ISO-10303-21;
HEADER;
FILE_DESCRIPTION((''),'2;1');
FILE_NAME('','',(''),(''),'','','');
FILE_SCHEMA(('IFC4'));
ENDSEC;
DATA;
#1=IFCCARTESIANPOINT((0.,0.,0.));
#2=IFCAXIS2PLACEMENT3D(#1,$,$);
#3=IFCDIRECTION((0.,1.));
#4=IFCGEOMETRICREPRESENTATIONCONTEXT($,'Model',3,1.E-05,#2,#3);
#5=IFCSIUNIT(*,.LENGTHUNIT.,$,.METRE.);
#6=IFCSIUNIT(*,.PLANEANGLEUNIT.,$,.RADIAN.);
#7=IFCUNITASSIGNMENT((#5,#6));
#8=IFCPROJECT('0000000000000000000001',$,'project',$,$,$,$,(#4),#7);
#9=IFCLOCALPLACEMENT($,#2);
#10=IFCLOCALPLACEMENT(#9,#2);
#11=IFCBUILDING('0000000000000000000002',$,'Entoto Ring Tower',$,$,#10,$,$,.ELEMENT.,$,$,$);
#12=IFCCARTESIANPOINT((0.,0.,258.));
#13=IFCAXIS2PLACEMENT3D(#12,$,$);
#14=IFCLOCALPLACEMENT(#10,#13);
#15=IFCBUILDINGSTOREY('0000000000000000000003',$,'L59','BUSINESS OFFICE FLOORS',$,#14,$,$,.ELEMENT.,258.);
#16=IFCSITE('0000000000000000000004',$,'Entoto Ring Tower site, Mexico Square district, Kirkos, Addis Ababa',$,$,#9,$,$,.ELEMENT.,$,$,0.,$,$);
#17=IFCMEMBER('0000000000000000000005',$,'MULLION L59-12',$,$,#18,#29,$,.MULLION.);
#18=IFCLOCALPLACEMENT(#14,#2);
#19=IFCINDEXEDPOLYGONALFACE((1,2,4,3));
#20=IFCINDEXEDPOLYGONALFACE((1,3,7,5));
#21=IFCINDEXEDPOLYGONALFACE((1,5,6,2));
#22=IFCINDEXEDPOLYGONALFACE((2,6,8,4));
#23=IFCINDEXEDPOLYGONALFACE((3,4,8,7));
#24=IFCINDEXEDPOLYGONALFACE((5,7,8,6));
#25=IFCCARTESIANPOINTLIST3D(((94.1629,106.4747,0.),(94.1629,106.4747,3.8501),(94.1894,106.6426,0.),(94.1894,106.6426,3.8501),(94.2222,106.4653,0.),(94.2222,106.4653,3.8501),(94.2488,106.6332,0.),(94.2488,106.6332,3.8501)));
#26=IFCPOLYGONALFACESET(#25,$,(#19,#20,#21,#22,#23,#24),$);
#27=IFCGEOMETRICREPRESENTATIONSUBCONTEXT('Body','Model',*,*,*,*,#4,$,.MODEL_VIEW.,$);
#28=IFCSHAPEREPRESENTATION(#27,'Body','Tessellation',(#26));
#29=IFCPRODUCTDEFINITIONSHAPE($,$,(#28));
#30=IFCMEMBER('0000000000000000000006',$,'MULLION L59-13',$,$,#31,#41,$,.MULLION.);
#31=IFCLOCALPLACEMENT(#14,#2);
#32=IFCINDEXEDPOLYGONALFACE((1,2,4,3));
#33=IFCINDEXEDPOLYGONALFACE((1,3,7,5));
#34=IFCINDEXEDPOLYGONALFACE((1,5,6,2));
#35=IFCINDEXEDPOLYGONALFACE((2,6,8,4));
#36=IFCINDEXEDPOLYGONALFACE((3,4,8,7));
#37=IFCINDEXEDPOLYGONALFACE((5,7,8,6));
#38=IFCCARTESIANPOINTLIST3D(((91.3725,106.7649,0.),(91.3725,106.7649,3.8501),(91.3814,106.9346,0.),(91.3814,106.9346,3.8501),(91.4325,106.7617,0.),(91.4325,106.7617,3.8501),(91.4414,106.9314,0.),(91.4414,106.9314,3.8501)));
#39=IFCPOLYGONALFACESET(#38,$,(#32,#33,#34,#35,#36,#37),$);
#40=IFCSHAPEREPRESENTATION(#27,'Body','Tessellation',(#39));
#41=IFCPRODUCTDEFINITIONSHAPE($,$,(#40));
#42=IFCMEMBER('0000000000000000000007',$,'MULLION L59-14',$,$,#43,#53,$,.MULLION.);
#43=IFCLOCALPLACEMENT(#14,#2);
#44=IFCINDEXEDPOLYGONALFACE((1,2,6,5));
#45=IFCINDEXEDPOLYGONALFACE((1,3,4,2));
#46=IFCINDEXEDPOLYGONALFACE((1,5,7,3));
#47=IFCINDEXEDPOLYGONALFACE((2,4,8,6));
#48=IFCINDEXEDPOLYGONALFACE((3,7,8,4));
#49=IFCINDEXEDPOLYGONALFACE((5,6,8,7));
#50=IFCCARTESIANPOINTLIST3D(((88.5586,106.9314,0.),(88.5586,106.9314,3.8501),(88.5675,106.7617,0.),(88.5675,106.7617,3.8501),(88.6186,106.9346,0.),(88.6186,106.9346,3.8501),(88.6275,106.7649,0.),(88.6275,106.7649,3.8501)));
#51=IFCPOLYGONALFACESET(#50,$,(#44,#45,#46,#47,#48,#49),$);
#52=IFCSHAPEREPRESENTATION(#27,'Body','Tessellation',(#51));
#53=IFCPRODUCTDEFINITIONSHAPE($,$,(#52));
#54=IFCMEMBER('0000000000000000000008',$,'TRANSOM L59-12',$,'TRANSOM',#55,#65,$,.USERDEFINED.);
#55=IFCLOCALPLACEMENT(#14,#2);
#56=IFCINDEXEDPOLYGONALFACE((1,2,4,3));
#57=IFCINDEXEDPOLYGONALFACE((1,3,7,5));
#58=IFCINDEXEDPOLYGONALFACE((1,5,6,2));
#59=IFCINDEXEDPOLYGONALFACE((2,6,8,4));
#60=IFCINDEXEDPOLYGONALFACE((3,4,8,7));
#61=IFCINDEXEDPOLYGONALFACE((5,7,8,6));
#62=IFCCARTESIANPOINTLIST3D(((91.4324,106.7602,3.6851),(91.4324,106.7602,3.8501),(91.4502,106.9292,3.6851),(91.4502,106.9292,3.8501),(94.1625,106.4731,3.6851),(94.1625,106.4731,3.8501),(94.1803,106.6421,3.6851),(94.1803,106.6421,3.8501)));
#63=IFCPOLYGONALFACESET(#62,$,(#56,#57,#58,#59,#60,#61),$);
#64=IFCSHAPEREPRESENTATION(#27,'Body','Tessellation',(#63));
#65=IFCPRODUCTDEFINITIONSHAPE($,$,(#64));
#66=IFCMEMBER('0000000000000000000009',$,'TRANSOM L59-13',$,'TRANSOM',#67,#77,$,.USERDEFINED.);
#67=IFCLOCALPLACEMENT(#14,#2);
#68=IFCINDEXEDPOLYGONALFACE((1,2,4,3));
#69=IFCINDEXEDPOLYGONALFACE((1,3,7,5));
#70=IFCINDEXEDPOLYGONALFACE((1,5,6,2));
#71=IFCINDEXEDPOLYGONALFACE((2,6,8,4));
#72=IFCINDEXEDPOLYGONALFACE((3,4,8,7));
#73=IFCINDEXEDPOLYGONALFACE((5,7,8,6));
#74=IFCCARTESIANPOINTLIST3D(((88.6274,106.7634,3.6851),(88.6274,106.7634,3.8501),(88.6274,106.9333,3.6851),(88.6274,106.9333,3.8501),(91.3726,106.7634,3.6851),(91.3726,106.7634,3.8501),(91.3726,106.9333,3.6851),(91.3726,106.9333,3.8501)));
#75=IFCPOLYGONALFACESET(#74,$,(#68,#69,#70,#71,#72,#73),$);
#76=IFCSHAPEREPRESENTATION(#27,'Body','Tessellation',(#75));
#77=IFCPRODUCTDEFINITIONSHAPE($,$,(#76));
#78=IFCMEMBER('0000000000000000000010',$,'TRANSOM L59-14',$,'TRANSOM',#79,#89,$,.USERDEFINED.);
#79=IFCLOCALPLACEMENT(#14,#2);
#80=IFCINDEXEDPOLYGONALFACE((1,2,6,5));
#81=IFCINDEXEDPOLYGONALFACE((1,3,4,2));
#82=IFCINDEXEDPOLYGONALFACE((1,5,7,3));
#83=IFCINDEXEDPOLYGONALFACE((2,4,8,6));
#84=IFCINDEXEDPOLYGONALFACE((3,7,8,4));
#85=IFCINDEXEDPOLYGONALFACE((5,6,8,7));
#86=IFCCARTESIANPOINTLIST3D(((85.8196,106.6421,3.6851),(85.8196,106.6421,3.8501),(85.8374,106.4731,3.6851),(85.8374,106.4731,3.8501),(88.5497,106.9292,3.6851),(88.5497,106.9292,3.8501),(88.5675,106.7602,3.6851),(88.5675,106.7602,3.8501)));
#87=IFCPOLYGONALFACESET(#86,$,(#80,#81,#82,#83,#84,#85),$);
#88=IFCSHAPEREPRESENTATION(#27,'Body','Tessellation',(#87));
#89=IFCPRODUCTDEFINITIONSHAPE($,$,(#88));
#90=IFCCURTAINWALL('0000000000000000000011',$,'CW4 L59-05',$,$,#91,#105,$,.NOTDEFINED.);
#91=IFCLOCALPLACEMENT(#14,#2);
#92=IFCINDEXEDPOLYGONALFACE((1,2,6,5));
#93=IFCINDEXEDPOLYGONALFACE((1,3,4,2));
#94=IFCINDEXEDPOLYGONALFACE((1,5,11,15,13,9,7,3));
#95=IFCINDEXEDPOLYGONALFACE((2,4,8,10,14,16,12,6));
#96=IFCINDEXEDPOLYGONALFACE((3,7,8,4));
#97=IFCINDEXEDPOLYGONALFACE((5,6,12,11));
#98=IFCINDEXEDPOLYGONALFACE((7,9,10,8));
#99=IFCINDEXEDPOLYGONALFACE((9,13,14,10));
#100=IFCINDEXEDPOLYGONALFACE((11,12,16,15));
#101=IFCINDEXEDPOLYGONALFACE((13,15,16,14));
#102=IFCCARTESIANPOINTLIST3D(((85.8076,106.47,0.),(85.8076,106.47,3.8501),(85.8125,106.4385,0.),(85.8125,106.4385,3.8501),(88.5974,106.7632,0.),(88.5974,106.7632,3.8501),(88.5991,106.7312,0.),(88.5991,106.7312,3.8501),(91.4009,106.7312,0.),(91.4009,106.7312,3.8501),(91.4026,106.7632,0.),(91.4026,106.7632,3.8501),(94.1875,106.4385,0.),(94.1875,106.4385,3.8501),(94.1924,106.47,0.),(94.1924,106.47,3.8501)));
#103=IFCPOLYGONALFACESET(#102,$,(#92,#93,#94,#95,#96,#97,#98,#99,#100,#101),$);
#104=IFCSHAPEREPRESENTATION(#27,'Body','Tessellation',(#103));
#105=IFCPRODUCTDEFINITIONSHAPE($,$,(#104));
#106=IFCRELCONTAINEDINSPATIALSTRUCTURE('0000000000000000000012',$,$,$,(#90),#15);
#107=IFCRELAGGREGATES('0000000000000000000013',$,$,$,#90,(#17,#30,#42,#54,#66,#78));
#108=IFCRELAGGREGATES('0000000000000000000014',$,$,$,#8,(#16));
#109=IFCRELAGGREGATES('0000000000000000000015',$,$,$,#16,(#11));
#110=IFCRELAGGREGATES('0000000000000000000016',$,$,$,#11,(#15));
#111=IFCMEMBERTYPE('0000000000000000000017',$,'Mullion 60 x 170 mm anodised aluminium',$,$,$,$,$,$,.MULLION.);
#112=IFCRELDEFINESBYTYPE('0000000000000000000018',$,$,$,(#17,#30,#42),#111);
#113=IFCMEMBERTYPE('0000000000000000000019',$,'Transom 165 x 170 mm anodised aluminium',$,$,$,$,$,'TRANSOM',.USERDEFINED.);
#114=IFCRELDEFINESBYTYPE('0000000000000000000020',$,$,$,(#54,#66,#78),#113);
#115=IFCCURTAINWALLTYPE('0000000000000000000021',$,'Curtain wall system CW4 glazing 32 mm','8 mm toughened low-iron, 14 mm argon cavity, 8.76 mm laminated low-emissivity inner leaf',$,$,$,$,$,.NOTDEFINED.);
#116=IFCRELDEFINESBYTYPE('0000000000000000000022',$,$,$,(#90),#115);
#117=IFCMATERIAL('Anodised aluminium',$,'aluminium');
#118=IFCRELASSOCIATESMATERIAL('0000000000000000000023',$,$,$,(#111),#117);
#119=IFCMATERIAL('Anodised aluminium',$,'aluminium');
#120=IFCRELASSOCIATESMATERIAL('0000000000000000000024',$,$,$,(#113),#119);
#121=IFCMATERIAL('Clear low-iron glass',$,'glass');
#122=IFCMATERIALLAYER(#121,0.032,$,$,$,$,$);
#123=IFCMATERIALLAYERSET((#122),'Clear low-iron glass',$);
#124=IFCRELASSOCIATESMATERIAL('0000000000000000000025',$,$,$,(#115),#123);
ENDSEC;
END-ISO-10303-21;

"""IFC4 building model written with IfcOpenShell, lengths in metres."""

from ifc_helpers import new_model, si_unit, direction, frame, origin, origin_2d, place, context, subcontext, project, spatial, polyline, rectangle, outline, extrude, material, layer, layer_set, material_profile, profile_set, type_object, element, aggregate, save


model = new_model("IFC4")

# Units and contexts
model_context = context("Model", 3, precision=1e-05, world=origin(), true_north=direction((0.0, 1.0)))
body_context = subcontext(model_context, "Body", "Model", "MODEL_VIEW")
ifc_project = project(units=[si_unit("LENGTHUNIT", "METRE"), si_unit("PLANEANGLEUNIT", "RADIAN")], contexts=[model_context])

# Members
ifc_material_1 = material(Name="Anodised aluminium", Category="aluminium")
ifc_material_profile_1 = material_profile(ifc_material_1, rectangle(XDim=0.0601, YDim=0.1699, at=origin_2d()), Name="Mullion 60 x 170 mm anodised aluminium")
ifc_profile_set_1 = profile_set([ifc_material_profile_1], Name="Anodised aluminium")
member_type_1 = type_object("IfcMemberType", Name="Mullion 60 x 170 mm anodised aluminium", PredefinedType="MULLION", material=ifc_profile_set_1)
site_placement = place(None, origin())
building_placement = place(site_placement, origin())
storey_placement = place(building_placement, frame((0.0, 0.0, 258.0)))
member_1_placement = place(storey_placement, frame((94.2058, 106.554, 0.0), z_axis=(0.0, 0.0, 1.0), x_axis=(-0.987688, 0.156434, 0.0)))
member_1 = element("IfcMember", 1, at=member_1_placement, type_object=member_type_1, Name="MULLION L59-12", PredefinedType="MULLION", context=body_context, shape_type="SweptSolid", body=[
    extrude(rectangle(XDim=0.0601, YDim=0.1699, at=origin_2d()), origin(), (0.0, 0.0, 1.0), 3.8501),
])
member_2_placement = place(storey_placement, frame((91.407, 106.8481, 0.0), z_axis=(0.0, 0.0, 1.0), x_axis=(-0.99863, 0.052336, 0.0)))
member_2 = element("IfcMember", 2, at=member_2_placement, type_object=member_type_1, Name="MULLION L59-13", PredefinedType="MULLION", context=body_context, shape_type="SweptSolid", body=[
    extrude(rectangle(XDim=0.0601, YDim=0.1699, at=origin_2d()), origin(), (0.0, 0.0, 1.0), 3.8501),
])
member_3_placement = place(storey_placement, frame((88.593, 106.8481, 0.0), z_axis=(0.0, 0.0, 1.0), x_axis=(-0.99863, -0.052336, 0.0)))
member_3 = element("IfcMember", 3, at=member_3_placement, type_object=member_type_1, Name="MULLION L59-14", PredefinedType="MULLION", context=body_context, shape_type="SweptSolid", body=[
    extrude(rectangle(XDim=0.0601, YDim=0.1699, at=origin_2d()), origin(), (0.0, 0.0, 1.0), 3.8501),
])
ifc_material_2 = material(Name="Anodised aluminium", Category="aluminium")
ifc_material_profile_2 = material_profile(ifc_material_2, rectangle(XDim=0.1699, YDim=0.165, at=origin_2d()), Name="Transom 165 x 170 mm anodised aluminium")
ifc_profile_set_2 = profile_set([ifc_material_profile_2], Name="Anodised aluminium")
member_type_2 = type_object("IfcMemberType", Name="Transom 165 x 170 mm anodised aluminium", ElementType="TRANSOM", PredefinedType="USERDEFINED", material=ifc_profile_set_2)
member_4_placement = place(storey_placement, frame((94.1714, 106.5576, 3.7676), z_axis=(-0.994515, 0.104592, 0.0), x_axis=(-0.104592, -0.994515, 0.0)))
member_4 = element("IfcMember", 4, at=member_4_placement, type_object=member_type_2, Name="TRANSOM L59-12", ObjectType="TRANSOM", PredefinedType="USERDEFINED", context=body_context, shape_type="SweptSolid", body=[
    extrude(rectangle(XDim=0.1699, YDim=0.165, at=origin_2d()), origin(), (0.0, 0.0, 1.0), 2.7451),
])
member_5_placement = place(storey_placement, frame((91.3726, 106.8484, 3.7676), z_axis=(-1.0, 0.0, 0.0), x_axis=(0.0, -1.0, 0.0)))
member_5 = element("IfcMember", 5, at=member_5_placement, type_object=member_type_2, Name="TRANSOM L59-13", ObjectType="TRANSOM", PredefinedType="USERDEFINED", context=body_context, shape_type="SweptSolid", body=[
    extrude(rectangle(XDim=0.1699, YDim=0.165, at=origin_2d()), origin(), (0.0, 0.0, 1.0), 2.7451),
])
member_6_placement = place(storey_placement, frame((88.5586, 106.8447, 3.7676), z_axis=(-0.994515, -0.104592, 0.0), x_axis=(0.104592, -0.994515, 0.0)))
member_6 = element("IfcMember", 6, at=member_6_placement, type_object=member_type_2, Name="TRANSOM L59-14", ObjectType="TRANSOM", PredefinedType="USERDEFINED", context=body_context, shape_type="SweptSolid", body=[
    extrude(rectangle(XDim=0.1699, YDim=0.165, at=origin_2d()), origin(), (0.0, 0.0, 1.0), 2.7451),
])

# Site, building, storey
site = spatial("IfcSite", under=ifc_project, at=site_placement, Name="Entoto Ring Tower site, Mexico Square district, Kirkos, Addis Ababa", CompositionType="ELEMENT", RefElevation=0.0)
building = spatial("IfcBuilding", under=site, at=building_placement, Name="Entoto Ring Tower", CompositionType="ELEMENT")
storey = spatial("IfcBuildingStorey", under=building, at=storey_placement, Name="L59", Description="BUSINESS OFFICE FLOORS", CompositionType="ELEMENT", Elevation=258.0)

# Curtain wall
ifc_material_3 = material(Name="Clear low-iron glass", Category="glass")
ifc_layer = layer(ifc_material_3, 0.032)
ifc_layer_set = layer_set([ifc_layer], Name="Clear low-iron glass")
curtain_wall_type = type_object("IfcCurtainWallType", Name="Curtain wall system CW4 glazing 32 mm", Description="8 mm toughened low-iron, 14 mm argon cavity, 8.76 mm laminated low-emissivity inner leaf", PredefinedType="NOTDEFINED", material=ifc_layer_set)
curtain_wall_1_placement = place(storey_placement, origin())
curtain_wall_1 = element("IfcCurtainWall", 7, at=curtain_wall_1_placement, inside=storey, type_object=curtain_wall_type, Name="CW4 L59-05", PredefinedType="NOTDEFINED", context=body_context, shape_type="SweptSolid", body=[
    extrude(outline(polyline([(94.1924, 106.47), (91.4026, 106.7632), (88.5974, 106.7632), (85.8076, 106.47), (85.8125, 106.4385), (88.5991, 106.7312), (91.4009, 106.7312), (94.1875, 106.4385), (94.1924, 106.47)])), origin(), (0.0, 0.0, 1.0), 3.8501),
])
aggregate(curtain_wall_1, [member_1, member_2, member_3, member_4, member_5, member_6])

save(model, "model.ifc")
